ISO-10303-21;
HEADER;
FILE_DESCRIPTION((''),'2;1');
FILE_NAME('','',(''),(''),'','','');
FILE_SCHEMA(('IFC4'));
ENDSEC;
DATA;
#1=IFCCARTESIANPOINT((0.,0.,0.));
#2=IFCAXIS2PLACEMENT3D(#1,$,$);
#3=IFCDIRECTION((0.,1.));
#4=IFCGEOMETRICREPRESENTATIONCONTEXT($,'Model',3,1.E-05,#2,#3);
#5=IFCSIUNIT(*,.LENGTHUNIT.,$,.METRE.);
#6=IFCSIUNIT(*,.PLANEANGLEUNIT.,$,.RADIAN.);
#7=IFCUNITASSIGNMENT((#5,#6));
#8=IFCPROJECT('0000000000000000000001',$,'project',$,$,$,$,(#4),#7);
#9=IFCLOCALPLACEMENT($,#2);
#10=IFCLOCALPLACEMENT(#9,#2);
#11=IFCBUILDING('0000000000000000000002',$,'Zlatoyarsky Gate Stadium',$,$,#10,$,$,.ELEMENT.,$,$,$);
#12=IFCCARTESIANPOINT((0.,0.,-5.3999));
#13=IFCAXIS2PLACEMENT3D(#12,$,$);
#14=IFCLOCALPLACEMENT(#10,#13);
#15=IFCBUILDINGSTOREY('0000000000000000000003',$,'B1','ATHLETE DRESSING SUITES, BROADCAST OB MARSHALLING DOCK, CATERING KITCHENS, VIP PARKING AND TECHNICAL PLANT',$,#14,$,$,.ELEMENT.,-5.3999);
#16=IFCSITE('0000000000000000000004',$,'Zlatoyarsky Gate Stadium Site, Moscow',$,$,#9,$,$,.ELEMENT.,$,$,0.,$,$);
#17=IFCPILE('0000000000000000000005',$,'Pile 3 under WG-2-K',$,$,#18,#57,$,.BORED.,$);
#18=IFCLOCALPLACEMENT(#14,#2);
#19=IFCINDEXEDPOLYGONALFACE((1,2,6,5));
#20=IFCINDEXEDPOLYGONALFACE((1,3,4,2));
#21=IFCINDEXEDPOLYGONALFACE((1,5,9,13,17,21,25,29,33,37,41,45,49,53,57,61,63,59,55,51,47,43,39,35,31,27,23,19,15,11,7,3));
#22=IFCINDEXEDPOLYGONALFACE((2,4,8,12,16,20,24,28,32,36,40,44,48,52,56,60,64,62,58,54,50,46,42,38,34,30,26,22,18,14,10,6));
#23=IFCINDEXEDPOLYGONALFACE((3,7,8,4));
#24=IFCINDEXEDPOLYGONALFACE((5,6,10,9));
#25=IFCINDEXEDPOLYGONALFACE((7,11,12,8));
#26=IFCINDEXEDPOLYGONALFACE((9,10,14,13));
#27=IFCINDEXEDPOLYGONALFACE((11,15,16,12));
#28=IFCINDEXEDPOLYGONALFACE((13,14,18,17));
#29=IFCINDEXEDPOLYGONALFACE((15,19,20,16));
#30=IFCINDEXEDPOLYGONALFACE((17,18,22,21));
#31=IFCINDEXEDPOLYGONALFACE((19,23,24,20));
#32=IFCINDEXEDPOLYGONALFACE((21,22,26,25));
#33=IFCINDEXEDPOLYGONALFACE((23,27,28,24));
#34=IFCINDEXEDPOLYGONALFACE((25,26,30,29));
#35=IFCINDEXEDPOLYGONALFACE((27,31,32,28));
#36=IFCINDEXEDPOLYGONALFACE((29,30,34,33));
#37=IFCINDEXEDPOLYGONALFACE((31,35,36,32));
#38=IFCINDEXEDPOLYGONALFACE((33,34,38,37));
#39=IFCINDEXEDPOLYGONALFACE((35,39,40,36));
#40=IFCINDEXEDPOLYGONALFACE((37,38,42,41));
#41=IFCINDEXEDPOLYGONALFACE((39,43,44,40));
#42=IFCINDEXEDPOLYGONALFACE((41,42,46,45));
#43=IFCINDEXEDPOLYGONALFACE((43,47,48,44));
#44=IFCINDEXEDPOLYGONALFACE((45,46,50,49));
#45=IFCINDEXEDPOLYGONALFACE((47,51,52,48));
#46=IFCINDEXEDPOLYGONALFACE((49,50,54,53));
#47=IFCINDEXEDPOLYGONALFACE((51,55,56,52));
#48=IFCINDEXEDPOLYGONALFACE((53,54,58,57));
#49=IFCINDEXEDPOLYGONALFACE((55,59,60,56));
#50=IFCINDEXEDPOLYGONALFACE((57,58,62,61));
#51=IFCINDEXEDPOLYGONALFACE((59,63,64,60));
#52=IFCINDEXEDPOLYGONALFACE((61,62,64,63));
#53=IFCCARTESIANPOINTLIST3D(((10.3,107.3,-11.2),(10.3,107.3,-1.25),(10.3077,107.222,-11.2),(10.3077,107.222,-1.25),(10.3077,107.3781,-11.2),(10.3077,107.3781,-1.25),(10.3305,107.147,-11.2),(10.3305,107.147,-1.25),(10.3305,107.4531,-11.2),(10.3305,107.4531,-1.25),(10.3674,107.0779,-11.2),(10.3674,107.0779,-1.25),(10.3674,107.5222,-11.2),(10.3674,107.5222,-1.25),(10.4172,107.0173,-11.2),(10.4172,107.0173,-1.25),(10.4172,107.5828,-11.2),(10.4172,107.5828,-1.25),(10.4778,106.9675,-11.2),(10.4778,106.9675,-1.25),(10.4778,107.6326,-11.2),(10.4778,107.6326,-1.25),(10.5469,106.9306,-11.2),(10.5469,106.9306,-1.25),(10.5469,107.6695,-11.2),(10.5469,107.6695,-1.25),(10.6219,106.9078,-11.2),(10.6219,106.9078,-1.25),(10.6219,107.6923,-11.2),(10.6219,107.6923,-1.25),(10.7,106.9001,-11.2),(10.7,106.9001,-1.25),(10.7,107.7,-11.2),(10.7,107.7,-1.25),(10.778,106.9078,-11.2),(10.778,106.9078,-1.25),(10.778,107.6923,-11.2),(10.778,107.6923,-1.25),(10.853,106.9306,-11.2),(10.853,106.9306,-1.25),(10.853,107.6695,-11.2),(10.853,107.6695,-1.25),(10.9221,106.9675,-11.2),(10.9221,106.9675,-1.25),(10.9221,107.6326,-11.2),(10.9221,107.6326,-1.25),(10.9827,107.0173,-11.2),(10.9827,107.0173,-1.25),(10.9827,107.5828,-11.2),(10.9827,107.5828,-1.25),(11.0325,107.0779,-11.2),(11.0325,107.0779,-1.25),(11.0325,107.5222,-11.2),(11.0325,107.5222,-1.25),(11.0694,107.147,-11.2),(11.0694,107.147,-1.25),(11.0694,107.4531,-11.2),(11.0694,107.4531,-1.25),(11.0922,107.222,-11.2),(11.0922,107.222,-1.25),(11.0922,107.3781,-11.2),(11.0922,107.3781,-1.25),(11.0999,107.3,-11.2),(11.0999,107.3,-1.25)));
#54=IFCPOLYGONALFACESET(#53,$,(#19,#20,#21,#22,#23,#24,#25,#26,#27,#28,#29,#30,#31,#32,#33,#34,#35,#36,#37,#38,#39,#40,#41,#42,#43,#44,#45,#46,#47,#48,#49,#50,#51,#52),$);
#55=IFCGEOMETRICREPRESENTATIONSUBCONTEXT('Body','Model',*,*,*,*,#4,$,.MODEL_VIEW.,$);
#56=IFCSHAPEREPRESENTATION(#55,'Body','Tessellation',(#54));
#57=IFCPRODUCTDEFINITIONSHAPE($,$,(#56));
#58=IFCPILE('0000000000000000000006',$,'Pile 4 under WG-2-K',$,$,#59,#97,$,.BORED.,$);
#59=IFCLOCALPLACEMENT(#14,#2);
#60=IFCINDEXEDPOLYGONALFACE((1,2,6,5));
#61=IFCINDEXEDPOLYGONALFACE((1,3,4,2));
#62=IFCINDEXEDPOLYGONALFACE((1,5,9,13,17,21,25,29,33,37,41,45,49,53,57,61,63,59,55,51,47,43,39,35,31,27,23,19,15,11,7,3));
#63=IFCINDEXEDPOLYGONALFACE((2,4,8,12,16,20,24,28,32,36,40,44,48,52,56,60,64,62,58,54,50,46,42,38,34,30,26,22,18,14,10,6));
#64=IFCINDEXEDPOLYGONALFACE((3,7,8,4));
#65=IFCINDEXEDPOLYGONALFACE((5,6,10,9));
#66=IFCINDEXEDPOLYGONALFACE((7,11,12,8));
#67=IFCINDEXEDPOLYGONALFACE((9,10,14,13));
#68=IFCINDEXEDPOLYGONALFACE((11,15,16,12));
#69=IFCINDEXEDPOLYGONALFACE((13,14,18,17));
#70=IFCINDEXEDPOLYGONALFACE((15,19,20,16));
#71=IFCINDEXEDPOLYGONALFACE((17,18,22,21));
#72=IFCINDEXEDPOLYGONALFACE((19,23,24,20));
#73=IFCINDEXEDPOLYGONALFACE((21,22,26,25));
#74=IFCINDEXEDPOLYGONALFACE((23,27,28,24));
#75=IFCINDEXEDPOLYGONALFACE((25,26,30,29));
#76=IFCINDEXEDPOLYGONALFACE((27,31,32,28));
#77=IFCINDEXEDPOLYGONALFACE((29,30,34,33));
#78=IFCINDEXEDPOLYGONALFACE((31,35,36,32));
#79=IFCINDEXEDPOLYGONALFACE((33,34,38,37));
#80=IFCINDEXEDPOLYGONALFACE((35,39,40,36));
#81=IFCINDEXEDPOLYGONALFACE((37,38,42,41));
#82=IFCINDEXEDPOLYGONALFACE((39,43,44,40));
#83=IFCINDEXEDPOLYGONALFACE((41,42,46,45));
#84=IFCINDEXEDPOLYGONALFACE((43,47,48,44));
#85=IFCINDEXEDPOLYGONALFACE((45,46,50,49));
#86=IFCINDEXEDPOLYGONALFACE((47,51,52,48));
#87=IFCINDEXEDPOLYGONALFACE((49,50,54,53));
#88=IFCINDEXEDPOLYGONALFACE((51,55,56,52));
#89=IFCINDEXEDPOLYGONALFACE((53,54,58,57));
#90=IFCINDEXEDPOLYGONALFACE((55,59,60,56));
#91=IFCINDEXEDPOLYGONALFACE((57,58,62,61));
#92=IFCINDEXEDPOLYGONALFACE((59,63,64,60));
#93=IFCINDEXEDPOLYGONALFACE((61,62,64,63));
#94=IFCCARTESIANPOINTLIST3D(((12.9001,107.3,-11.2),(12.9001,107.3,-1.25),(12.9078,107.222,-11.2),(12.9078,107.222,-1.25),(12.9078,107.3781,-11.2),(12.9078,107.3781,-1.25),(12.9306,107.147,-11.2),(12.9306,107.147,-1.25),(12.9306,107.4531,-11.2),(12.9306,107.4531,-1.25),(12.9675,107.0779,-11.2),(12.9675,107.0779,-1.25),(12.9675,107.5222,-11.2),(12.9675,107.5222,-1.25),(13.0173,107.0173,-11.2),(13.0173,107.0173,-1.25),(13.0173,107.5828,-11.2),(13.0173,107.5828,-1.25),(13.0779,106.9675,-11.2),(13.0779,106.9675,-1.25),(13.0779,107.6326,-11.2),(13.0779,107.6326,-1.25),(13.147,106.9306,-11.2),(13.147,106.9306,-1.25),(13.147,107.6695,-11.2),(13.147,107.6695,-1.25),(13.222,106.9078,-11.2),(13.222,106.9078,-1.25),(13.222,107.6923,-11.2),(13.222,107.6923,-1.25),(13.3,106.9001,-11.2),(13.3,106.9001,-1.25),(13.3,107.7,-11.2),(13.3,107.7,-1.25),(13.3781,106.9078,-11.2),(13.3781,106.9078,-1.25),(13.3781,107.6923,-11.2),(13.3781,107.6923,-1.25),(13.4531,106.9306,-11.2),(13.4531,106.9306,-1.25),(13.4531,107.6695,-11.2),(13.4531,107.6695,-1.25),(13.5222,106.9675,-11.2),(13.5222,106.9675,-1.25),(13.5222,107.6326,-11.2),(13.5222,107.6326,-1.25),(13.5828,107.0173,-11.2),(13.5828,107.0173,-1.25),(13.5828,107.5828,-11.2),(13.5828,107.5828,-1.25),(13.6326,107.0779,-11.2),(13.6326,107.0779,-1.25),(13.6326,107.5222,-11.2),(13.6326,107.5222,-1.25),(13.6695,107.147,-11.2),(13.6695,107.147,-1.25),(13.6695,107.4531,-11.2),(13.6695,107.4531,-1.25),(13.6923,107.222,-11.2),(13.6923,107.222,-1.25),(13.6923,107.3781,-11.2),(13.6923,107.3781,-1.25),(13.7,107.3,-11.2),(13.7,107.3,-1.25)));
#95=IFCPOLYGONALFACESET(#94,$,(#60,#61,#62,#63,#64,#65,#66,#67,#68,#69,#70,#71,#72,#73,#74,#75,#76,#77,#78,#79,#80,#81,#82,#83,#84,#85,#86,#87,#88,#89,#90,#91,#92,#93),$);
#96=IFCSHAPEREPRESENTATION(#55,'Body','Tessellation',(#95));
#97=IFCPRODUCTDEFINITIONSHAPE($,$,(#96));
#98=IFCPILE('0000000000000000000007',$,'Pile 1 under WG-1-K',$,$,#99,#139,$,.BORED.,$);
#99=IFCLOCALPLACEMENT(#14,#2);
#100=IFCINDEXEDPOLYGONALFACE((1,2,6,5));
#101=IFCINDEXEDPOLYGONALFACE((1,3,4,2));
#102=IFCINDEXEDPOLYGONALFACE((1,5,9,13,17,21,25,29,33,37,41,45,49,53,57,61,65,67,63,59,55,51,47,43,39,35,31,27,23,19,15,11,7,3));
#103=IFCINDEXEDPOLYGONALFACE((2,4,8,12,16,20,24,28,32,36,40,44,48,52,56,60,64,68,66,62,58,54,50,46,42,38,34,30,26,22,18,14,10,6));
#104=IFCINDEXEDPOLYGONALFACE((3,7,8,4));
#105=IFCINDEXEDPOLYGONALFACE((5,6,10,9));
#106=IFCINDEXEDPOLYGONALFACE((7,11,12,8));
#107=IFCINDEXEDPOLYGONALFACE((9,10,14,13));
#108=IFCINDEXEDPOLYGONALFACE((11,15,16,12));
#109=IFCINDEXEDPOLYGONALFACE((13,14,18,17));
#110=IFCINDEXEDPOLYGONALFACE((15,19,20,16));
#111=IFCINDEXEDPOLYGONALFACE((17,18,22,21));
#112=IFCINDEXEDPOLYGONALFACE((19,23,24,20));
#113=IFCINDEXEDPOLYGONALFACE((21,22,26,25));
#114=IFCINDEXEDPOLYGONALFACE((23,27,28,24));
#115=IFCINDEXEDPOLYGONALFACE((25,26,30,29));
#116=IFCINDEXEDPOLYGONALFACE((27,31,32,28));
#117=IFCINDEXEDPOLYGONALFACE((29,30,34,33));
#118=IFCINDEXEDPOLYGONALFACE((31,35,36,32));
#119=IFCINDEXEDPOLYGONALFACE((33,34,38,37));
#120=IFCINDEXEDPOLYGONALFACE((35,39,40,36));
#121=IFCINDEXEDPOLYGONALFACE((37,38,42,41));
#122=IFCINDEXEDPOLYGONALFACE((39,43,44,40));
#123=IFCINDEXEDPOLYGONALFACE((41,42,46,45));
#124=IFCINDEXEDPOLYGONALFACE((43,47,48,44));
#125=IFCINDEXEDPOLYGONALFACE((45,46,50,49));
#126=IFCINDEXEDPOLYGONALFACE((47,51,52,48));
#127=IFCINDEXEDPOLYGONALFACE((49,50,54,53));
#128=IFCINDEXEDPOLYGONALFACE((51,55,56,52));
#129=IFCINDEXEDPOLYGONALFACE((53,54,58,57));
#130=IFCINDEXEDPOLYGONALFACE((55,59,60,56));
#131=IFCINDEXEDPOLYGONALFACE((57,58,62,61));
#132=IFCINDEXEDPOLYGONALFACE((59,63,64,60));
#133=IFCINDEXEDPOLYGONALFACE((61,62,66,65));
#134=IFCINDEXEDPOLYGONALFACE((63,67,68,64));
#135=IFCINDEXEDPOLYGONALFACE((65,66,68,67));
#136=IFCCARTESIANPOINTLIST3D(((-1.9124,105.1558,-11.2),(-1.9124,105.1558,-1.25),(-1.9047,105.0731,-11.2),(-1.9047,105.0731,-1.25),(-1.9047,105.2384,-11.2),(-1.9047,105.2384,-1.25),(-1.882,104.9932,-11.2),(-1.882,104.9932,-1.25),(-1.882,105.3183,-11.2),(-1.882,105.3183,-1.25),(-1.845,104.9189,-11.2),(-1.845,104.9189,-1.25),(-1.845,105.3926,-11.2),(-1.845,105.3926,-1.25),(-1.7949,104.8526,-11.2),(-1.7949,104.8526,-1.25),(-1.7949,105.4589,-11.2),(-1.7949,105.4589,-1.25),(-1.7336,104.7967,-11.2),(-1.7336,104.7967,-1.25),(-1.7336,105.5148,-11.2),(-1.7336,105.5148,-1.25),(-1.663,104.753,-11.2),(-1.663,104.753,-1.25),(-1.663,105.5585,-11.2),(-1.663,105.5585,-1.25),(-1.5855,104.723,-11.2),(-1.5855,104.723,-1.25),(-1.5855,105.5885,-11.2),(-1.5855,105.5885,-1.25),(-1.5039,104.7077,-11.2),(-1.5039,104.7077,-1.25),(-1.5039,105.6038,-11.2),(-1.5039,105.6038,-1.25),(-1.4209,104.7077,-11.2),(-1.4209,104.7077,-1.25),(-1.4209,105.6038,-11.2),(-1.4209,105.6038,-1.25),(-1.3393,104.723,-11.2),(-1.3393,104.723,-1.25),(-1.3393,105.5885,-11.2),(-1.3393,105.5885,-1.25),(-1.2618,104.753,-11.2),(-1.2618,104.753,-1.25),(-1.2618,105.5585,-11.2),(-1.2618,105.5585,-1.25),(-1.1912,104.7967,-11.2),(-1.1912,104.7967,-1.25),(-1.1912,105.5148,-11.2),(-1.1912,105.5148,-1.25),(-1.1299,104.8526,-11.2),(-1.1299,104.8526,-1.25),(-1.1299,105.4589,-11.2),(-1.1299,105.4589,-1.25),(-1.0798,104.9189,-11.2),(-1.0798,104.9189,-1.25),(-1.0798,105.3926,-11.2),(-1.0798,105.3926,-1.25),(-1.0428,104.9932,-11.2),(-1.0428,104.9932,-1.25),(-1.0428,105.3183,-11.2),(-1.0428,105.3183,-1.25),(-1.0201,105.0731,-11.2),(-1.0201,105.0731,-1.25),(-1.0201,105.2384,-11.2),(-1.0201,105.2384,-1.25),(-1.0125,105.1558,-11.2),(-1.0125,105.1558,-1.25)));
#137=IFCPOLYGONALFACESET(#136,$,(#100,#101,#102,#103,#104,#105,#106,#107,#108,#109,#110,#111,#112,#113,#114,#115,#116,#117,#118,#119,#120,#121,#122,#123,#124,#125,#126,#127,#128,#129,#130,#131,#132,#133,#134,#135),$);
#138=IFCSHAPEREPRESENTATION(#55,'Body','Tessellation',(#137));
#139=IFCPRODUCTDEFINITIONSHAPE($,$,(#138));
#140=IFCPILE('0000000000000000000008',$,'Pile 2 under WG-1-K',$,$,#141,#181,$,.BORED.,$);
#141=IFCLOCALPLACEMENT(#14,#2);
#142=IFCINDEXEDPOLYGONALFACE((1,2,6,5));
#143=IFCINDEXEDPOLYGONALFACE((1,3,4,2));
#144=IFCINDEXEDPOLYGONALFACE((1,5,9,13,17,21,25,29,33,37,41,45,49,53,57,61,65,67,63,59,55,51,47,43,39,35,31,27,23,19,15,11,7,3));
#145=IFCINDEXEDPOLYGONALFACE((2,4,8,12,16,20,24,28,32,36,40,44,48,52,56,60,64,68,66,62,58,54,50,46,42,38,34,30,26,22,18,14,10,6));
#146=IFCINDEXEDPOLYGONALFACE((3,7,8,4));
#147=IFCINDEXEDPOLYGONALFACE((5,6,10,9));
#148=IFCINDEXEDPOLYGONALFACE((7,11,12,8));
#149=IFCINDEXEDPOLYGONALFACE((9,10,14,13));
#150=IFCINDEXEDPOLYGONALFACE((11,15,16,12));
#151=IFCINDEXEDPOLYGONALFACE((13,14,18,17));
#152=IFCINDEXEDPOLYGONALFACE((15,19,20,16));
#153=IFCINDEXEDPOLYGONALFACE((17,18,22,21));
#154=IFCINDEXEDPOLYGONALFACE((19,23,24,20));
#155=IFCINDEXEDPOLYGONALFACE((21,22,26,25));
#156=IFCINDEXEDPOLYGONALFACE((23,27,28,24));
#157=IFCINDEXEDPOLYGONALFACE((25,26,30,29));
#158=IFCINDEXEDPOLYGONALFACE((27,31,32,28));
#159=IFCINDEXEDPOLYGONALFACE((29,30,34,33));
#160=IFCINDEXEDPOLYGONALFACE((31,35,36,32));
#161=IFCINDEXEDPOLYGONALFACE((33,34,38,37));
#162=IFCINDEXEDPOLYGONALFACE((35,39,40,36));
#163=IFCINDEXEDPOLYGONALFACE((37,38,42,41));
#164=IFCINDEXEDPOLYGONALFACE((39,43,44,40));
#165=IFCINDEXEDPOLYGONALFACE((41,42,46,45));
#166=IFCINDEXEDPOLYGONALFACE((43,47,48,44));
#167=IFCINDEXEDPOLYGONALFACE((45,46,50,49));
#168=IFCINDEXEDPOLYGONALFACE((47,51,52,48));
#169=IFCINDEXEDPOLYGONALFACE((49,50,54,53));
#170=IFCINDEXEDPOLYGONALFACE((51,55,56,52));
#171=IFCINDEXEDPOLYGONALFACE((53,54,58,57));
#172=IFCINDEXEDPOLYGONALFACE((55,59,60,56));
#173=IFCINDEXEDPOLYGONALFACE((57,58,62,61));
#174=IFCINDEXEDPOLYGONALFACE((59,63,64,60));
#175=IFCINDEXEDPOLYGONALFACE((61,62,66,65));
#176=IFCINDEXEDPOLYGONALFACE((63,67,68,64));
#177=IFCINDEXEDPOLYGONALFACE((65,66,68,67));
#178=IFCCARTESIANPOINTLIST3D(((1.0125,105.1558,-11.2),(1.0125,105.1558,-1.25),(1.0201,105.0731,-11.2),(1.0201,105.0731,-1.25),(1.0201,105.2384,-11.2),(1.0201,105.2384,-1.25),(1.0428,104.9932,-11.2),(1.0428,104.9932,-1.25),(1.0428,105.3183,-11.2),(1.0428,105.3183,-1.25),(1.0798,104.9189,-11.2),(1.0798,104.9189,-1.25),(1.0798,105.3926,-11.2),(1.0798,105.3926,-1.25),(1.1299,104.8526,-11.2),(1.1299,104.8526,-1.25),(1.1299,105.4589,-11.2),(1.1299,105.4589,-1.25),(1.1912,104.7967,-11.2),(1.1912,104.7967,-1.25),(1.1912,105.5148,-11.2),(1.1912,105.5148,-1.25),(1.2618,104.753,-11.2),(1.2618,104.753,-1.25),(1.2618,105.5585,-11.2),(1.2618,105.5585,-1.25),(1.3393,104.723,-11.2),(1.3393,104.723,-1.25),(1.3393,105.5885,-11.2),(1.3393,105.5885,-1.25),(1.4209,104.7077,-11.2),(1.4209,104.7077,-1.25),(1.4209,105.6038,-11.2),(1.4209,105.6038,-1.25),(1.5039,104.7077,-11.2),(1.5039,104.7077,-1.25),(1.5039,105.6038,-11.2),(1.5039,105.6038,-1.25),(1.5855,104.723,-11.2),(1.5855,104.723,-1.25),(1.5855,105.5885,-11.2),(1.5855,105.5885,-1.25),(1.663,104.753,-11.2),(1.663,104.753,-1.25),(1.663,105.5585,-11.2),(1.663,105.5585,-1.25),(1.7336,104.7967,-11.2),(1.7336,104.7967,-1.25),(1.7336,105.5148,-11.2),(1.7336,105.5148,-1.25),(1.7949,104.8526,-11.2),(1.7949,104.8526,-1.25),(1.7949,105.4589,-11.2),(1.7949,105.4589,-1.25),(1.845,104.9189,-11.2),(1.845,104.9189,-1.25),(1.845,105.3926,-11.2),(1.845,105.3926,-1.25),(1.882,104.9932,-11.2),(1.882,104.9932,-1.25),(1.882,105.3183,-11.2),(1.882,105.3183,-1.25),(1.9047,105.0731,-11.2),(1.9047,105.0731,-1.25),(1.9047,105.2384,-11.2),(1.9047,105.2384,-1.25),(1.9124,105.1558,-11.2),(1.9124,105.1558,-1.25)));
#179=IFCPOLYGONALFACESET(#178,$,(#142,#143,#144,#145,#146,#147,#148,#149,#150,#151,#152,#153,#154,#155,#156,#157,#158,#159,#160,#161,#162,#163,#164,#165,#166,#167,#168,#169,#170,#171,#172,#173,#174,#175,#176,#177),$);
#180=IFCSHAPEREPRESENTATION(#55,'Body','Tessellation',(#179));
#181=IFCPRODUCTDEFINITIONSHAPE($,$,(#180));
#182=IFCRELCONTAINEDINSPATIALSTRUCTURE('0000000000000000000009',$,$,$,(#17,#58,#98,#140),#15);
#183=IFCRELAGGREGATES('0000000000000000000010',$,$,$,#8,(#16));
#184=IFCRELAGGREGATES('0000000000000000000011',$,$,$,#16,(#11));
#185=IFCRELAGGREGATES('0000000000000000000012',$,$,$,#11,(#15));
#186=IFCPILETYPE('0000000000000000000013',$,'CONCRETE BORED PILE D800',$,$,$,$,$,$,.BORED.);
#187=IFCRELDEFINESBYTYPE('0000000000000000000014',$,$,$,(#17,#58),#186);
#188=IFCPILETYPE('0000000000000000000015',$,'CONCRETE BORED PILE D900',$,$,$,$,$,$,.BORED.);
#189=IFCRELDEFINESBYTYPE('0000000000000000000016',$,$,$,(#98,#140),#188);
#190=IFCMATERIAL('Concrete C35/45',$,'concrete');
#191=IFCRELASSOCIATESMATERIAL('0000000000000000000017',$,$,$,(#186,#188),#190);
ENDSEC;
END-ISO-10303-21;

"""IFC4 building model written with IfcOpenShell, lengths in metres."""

from ifc_helpers import new_model, si_unit, direction, frame, origin, origin_2d, place, context, subcontext, project, spatial, circle, extrude, material, material_profile, profile_set, type_object, element, save


model = new_model("IFC4")

# Units and contexts
model_context = context("Model", 3, precision=1e-05, world=origin(), true_north=direction((0.0, 1.0)))
body_context = subcontext(model_context, "Body", "Model", "MODEL_VIEW")
ifc_project = project(units=[si_unit("LENGTHUNIT", "METRE"), si_unit("PLANEANGLEUNIT", "RADIAN")], contexts=[model_context])

# Site, building, storey
site_placement = place(None, origin())
site = spatial("IfcSite", under=ifc_project, at=site_placement, Name="Zlatoyarsky Gate Stadium Site, Moscow", CompositionType="ELEMENT", RefElevation=0.0)
building_placement = place(site_placement, origin())
building = spatial("IfcBuilding", under=site, at=building_placement, Name="Zlatoyarsky Gate Stadium", CompositionType="ELEMENT")
storey_placement = place(building_placement, frame((0.0, 0.0, -5.3999)))
storey = spatial("IfcBuildingStorey", under=building, at=storey_placement, Name="B1", Description="ATHLETE DRESSING SUITES, BROADCAST OB MARSHALLING DOCK, CATERING KITCHENS, VIP PARKING AND TECHNICAL PLANT", CompositionType="ELEMENT", Elevation=-5.3999)

# Piles
ifc_material_1 = material(Name="Concrete C35/45", Category="concrete")
ifc_material_profile_1 = material_profile(ifc_material_1, circle(Radius=0.3999, at=origin_2d()), Name="BORED PILE D800")
ifc_profile_set_1 = profile_set([ifc_material_profile_1], Name="Concrete C35/45")
pile_type_1 = type_object("IfcPileType", Name="CONCRETE BORED PILE D800", PredefinedType="BORED", material=ifc_profile_set_1)
for number, where, z_axis, x_axis, name in (
    (1, (10.7, 107.3, -1.25), (0.0, 0.0, -1.0), (1.0, 0.0, 0.0), "Pile 3 under WG-2-K"),
    (2, (13.3, 107.3, -1.25), (0.0, 0.0, -1.0), (1.0, 0.0, 0.0), "Pile 4 under WG-2-K"),
):
    element("IfcPile", number, at=place(storey_placement, frame(where, z_axis=z_axis, x_axis=x_axis)), inside=storey, type_object=pile_type_1, Name=name, PredefinedType="BORED", context=body_context, shape_type="SweptSolid", body=[
        extrude(circle(Radius=0.3999, at=origin_2d()), origin(), (0.0, 0.0, 1.0), 9.95),
    ])
ifc_material_profile_2 = material_profile(ifc_material_1, circle(Radius=0.45, at=origin_2d()), Name="BORED PILE D900")
ifc_profile_set_2 = profile_set([ifc_material_profile_2], Name="Concrete C35/45")
pile_type_2 = type_object("IfcPileType", Name="CONCRETE BORED PILE D900", PredefinedType="BORED", material=ifc_profile_set_2)
for number, where, z_axis, x_axis, name in (
    (3, (-1.4624, 105.1558, -1.25), (0.0, 0.0, -1.0), (1.0, 0.0, 0.0), "Pile 1 under WG-1-K"),
    (4, (1.4624, 105.1558, -1.25), (0.0, 0.0, -1.0), (1.0, 0.0, 0.0), "Pile 2 under WG-1-K"),
):
    element("IfcPile", number, at=place(storey_placement, frame(where, z_axis=z_axis, x_axis=x_axis)), inside=storey, type_object=pile_type_2, Name=name, PredefinedType="BORED", context=body_context, shape_type="SweptSolid", body=[
        extrude(circle(Radius=0.45, at=origin_2d()), origin(), (0.0, 0.0, 1.0), 9.95),
    ])

save(model, "model.ifc")
